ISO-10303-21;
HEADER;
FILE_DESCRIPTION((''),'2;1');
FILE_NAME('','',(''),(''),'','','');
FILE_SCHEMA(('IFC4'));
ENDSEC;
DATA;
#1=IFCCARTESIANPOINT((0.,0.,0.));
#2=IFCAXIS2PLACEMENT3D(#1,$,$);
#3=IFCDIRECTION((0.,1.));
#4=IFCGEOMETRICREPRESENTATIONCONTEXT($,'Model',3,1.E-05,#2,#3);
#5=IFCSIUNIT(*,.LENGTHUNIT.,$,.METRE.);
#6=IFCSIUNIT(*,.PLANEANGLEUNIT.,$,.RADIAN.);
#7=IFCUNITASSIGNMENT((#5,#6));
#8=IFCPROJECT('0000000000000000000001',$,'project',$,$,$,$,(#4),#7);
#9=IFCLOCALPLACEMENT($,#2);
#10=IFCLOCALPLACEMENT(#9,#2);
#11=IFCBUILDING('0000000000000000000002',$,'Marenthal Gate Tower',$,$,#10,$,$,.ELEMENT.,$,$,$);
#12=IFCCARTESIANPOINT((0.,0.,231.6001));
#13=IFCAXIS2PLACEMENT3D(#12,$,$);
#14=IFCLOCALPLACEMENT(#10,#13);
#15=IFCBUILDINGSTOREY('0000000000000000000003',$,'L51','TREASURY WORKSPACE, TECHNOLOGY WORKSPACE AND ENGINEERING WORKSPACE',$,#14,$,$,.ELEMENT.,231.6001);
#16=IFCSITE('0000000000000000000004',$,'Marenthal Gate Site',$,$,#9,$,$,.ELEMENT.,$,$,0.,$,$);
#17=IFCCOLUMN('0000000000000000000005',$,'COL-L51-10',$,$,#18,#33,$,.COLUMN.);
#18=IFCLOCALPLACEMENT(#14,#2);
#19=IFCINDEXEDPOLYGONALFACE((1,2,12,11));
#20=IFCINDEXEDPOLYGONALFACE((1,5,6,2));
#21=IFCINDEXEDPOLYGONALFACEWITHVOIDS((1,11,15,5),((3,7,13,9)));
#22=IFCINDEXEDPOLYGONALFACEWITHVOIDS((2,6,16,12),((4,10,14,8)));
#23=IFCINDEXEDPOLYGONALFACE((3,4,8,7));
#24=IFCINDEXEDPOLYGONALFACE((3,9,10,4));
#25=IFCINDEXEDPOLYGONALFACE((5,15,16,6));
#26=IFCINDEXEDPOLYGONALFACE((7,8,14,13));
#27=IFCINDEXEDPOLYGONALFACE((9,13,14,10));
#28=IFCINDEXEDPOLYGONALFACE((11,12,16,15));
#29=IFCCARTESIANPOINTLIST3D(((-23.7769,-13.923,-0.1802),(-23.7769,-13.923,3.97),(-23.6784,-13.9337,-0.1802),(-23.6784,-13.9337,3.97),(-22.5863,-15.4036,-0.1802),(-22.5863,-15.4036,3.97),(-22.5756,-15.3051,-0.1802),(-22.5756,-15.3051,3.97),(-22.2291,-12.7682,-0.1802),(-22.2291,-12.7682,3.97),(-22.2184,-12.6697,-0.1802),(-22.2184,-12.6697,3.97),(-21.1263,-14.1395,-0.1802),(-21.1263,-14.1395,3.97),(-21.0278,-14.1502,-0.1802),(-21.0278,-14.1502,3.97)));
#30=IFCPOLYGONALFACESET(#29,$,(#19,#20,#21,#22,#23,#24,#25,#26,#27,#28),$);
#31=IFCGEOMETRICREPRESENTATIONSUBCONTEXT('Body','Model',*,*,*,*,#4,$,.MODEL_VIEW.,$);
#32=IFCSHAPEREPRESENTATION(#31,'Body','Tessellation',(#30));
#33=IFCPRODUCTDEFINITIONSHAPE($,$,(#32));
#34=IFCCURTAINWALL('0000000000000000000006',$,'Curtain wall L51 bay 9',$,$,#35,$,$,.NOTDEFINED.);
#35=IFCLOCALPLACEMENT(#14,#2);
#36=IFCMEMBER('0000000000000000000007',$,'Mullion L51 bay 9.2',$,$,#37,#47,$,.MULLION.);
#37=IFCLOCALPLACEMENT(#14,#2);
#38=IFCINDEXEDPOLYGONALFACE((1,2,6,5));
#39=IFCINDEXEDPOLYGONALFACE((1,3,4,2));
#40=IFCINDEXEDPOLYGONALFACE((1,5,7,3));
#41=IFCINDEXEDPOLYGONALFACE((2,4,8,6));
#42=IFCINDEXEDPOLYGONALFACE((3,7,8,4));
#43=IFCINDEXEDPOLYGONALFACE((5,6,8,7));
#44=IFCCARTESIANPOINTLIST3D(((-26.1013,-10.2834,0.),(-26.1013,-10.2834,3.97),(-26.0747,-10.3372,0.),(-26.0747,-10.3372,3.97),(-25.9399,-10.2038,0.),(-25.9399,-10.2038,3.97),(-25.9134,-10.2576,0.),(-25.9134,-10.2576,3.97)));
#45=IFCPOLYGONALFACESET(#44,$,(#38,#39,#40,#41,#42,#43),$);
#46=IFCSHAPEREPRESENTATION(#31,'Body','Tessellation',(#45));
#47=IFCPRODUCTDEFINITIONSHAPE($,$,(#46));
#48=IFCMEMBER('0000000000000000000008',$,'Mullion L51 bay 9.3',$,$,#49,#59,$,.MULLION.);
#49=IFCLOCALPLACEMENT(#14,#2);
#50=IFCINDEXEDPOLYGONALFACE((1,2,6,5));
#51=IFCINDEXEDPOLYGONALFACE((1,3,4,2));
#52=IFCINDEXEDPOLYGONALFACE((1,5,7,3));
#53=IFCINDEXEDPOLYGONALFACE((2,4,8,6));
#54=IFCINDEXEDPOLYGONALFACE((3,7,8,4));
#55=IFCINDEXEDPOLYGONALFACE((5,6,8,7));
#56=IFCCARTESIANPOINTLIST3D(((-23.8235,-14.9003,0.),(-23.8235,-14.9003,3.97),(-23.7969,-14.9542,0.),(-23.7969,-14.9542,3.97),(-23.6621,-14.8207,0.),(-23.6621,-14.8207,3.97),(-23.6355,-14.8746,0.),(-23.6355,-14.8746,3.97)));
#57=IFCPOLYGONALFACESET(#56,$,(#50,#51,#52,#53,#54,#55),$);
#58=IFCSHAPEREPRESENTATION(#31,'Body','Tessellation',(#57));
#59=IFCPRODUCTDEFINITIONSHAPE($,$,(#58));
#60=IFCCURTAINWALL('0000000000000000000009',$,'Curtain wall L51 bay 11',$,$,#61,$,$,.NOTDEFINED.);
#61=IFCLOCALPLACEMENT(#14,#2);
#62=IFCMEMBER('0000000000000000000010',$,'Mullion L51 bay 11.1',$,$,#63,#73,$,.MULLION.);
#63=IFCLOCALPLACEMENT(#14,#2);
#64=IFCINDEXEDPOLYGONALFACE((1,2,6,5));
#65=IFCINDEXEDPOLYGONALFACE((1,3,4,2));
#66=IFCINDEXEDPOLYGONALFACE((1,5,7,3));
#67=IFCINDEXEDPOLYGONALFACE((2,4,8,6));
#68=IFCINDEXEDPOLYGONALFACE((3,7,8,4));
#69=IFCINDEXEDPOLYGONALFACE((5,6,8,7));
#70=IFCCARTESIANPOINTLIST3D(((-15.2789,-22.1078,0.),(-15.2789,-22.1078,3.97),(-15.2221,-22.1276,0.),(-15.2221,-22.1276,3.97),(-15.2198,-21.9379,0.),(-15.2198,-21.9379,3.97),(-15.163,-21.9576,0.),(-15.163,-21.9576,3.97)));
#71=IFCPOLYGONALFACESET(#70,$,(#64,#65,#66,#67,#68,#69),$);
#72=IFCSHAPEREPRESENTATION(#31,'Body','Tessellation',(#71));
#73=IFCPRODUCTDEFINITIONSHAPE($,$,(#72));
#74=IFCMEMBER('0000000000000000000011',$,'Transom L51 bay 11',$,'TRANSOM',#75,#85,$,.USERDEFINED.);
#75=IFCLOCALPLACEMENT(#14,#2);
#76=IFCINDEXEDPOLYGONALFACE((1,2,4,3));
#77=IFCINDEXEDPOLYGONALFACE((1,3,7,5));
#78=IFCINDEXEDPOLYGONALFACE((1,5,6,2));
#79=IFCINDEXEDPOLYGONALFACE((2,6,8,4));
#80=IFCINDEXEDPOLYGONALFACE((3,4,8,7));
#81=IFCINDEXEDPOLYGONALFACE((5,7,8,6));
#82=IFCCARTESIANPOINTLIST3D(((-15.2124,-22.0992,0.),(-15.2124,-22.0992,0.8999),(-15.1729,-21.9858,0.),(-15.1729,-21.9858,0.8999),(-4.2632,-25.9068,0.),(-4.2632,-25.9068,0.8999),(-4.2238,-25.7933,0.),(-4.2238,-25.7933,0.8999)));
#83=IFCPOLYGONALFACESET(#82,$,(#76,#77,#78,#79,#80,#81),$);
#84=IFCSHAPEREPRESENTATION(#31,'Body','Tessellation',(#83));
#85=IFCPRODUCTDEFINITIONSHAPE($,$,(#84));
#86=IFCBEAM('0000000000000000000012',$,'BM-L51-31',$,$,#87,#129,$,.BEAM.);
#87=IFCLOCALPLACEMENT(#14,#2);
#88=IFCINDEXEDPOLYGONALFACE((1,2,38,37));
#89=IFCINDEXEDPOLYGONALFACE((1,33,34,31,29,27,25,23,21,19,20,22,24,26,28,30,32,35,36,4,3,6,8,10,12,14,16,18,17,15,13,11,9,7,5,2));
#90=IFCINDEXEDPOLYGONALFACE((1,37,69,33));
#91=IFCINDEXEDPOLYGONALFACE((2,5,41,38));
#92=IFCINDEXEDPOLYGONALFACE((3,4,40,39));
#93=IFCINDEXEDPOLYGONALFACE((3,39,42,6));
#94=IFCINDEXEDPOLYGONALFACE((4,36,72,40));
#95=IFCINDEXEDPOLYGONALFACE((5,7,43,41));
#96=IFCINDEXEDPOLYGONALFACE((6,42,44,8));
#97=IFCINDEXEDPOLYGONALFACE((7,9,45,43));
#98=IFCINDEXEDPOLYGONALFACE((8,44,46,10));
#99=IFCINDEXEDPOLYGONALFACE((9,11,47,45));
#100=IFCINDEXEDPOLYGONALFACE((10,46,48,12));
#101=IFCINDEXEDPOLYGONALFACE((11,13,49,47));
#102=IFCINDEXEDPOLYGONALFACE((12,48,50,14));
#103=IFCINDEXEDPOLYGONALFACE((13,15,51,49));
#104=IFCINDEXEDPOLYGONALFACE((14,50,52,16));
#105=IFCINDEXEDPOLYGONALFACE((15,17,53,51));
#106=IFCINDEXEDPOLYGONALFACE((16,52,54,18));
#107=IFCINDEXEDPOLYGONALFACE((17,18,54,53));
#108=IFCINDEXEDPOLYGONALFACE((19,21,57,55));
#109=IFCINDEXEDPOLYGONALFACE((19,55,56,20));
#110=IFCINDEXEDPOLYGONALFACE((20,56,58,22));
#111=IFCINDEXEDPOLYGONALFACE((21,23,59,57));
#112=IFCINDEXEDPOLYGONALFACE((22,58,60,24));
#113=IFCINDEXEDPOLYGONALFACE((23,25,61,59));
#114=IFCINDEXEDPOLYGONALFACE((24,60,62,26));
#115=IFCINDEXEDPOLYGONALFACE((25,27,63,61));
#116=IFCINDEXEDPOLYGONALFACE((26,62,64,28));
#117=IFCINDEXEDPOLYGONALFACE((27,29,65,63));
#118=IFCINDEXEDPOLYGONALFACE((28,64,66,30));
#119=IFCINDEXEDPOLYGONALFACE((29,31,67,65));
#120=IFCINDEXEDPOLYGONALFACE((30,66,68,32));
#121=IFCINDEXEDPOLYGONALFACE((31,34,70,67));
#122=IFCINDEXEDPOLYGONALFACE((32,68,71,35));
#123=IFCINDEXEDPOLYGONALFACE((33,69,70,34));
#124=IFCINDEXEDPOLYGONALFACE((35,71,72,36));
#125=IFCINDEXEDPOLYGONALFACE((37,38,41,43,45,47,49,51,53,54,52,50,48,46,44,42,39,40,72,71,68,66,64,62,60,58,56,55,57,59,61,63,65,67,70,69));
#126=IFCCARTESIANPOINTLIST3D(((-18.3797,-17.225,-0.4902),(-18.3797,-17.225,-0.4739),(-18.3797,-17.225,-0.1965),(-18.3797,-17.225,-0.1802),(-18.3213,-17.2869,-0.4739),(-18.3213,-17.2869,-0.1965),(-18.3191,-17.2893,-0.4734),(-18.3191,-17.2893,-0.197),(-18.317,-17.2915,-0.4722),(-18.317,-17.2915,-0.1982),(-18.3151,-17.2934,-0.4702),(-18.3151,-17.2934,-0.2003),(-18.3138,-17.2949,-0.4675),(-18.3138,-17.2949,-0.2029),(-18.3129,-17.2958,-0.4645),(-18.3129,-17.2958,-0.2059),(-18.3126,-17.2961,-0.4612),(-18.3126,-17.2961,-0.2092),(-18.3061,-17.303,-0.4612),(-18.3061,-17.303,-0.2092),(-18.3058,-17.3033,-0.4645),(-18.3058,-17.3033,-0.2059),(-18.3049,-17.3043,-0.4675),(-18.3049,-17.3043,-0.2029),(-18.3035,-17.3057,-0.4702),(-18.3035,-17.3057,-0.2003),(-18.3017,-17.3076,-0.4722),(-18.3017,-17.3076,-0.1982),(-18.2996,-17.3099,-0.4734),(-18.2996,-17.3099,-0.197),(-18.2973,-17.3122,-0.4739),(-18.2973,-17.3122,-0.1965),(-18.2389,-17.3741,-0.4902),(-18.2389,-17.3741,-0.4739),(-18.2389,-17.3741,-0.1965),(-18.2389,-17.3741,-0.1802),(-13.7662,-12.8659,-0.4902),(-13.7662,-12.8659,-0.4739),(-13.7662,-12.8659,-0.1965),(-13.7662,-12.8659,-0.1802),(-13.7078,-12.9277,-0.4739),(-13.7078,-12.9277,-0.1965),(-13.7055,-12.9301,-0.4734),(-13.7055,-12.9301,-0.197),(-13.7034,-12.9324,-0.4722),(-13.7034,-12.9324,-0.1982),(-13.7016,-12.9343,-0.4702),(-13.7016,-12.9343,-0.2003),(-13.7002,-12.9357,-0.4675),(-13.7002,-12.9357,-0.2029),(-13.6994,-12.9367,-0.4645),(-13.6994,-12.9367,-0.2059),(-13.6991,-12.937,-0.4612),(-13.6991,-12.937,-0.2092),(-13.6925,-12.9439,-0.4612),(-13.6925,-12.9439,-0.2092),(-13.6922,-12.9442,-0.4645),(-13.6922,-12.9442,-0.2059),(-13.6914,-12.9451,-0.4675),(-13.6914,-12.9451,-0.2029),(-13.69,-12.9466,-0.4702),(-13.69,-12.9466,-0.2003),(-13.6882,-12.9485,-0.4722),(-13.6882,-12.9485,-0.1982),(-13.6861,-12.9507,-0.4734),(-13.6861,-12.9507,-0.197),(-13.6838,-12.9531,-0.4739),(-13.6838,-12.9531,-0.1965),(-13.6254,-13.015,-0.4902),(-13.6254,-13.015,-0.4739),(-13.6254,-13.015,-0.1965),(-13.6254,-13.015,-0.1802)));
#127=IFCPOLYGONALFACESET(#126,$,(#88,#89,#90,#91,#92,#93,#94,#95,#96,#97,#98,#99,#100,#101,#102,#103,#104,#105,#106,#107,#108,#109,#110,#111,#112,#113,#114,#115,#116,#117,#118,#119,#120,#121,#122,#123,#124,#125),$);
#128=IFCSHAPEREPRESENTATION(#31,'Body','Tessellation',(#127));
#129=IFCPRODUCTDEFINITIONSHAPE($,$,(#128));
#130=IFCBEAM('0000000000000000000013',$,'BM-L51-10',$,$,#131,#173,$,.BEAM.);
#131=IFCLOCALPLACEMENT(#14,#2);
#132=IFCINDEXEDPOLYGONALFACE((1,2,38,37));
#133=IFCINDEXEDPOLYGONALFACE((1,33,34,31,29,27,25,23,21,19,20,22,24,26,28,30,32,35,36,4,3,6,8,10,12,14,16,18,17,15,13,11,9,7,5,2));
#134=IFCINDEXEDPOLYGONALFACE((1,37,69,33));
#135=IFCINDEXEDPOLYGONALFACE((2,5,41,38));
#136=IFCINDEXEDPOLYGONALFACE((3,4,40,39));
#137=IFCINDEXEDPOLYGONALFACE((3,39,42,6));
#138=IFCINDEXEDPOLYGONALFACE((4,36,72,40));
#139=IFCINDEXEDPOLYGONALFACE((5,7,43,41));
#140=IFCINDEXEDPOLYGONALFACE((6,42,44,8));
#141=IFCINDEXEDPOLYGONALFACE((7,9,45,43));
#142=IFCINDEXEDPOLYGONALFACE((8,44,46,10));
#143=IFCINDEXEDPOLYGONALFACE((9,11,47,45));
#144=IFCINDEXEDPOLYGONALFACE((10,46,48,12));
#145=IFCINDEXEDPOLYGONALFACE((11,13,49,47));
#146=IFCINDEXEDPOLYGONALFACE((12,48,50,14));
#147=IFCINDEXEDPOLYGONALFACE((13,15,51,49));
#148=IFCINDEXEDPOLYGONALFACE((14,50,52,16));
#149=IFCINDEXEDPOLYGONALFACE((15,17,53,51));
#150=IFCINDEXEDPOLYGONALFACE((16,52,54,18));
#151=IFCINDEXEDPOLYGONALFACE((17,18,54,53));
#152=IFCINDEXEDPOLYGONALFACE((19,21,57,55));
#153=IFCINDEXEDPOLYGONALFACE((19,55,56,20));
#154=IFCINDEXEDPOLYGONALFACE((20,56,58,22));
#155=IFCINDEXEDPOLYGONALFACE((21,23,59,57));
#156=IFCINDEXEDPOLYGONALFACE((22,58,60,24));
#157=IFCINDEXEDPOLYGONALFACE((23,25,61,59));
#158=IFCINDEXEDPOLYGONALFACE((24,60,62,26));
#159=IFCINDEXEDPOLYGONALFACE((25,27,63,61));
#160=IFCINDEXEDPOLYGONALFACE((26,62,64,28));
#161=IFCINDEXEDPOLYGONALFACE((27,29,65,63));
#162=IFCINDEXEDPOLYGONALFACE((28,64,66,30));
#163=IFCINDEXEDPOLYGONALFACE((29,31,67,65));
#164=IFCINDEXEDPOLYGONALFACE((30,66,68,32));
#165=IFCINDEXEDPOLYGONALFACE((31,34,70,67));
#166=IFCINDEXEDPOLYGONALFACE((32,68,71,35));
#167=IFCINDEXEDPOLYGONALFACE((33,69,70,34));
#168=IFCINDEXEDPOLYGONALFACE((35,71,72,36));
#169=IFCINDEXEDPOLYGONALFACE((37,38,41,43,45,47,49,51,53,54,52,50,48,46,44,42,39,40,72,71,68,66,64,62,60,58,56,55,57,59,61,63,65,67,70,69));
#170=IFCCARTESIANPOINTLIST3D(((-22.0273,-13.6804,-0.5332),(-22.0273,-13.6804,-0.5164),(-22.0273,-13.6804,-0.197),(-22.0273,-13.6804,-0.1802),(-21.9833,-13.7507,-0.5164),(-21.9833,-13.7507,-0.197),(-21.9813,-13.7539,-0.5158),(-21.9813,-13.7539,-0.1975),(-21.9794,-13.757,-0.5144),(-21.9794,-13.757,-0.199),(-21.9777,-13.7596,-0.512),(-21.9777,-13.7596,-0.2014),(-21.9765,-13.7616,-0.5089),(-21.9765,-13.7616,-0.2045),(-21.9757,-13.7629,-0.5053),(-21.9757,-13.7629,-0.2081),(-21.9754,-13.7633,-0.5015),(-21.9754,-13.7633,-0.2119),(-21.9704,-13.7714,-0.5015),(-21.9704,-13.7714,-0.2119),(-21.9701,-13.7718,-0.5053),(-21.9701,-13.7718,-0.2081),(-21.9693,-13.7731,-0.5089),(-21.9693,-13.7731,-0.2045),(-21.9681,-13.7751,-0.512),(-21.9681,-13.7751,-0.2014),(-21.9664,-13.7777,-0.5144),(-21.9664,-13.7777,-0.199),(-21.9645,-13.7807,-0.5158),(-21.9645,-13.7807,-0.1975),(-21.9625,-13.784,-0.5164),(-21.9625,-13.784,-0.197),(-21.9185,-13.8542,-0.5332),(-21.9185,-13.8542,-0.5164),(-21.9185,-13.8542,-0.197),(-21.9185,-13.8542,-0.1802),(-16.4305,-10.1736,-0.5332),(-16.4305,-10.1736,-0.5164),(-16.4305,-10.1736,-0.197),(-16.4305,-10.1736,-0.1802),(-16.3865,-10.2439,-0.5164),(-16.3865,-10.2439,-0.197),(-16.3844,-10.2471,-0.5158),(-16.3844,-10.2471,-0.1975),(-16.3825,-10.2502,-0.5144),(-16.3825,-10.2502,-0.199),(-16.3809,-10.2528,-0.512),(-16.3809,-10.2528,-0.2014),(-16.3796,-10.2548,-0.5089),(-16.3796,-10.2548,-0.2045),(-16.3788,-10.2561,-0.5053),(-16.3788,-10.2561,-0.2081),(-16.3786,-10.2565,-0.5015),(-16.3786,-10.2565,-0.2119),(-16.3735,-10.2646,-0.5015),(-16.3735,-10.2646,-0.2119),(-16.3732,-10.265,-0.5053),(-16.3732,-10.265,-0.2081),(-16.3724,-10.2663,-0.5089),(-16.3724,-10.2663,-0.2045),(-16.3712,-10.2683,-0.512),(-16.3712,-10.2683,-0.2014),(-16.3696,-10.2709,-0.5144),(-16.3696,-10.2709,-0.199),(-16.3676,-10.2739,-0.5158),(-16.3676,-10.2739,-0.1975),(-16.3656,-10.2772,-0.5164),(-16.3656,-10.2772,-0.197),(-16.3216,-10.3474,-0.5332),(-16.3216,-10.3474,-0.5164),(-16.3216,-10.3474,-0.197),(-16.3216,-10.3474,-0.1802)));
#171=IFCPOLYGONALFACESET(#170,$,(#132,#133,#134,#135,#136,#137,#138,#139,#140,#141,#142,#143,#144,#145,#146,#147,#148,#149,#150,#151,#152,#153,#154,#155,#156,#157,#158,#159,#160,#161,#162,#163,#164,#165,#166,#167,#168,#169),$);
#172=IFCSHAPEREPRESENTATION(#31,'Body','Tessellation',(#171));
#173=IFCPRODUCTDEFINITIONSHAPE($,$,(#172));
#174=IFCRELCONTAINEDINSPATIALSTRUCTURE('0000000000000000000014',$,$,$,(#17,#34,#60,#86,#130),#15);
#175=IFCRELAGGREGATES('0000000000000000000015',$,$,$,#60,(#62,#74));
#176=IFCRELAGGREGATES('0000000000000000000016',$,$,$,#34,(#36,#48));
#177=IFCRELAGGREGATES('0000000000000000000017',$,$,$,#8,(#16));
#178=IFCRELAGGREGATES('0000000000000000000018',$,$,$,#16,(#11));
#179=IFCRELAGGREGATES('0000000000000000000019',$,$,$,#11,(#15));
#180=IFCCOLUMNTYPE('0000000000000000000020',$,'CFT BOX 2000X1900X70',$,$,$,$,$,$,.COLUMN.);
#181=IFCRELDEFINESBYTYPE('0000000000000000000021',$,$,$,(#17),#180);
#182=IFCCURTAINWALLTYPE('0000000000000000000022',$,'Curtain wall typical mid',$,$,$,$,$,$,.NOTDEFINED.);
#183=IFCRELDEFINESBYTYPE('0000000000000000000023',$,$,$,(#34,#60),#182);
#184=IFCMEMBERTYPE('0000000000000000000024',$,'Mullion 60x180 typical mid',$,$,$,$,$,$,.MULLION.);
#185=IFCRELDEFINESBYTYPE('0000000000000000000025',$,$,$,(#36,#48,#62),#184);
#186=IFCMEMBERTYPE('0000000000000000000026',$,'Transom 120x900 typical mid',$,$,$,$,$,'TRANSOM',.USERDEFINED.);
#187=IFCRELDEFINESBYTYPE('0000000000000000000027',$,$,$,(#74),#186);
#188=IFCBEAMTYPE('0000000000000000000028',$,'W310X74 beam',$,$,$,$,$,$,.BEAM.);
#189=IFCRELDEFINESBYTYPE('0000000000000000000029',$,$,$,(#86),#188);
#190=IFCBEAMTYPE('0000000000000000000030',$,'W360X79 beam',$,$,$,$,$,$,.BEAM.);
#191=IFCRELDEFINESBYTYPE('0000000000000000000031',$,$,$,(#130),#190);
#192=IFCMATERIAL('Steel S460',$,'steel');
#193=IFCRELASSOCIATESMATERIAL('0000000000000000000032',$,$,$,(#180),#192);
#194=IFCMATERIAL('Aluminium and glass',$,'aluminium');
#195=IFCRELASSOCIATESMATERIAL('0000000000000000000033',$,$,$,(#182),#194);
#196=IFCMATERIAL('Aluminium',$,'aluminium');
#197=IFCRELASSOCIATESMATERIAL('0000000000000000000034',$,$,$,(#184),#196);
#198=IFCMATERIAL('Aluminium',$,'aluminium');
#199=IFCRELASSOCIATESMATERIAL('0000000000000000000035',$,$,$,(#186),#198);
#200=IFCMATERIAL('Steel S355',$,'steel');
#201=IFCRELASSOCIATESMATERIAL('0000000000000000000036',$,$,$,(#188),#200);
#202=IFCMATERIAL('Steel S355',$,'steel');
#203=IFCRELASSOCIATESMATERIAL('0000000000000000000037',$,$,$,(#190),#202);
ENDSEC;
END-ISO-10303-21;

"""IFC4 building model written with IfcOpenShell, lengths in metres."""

from ifc_helpers import new_model, si_unit, direction, frame, origin, origin_2d, place, context, subcontext, project, spatial, rectangle, hollow_rectangle, i_section, extrude, material, material_profile, profile_set, type_object, element, aggregate, save


model = new_model("IFC4")

# Units and contexts
model_context = context("Model", 3, precision=1e-05, world=origin(), true_north=direction((0.0, 1.0)))
body_context = subcontext(model_context, "Body", "Model", "MODEL_VIEW")
ifc_project = project(units=[si_unit("LENGTHUNIT", "METRE"), si_unit("PLANEANGLEUNIT", "RADIAN")], contexts=[model_context])

# Site, building, storey
site_placement = place(None, origin())
site = spatial("IfcSite", under=ifc_project, at=site_placement, Name="Marenthal Gate Site", CompositionType="ELEMENT", RefElevation=0.0)
building_placement = place(site_placement, origin())
building = spatial("IfcBuilding", under=site, at=building_placement, Name="Marenthal Gate Tower", CompositionType="ELEMENT")
storey_placement = place(building_placement, frame((0.0, 0.0, 231.6001)))
storey = spatial("IfcBuildingStorey", under=building, at=storey_placement, Name="L51", Description="TREASURY WORKSPACE, TECHNOLOGY WORKSPACE AND ENGINEERING WORKSPACE", CompositionType="ELEMENT", Elevation=231.6001)

# Column
ifc_material_1 = material(Name="Steel S460", Category="steel")
ifc_material_profile_1 = material_profile(ifc_material_1, hollow_rectangle(XDim=1.8999, YDim=2.0, WallThickness=0.0701, at=origin_2d()), Name="CFT BOX 2000X1900X70")
ifc_material_2 = material(Name="Concrete 70 MPa", Category="concrete")
ifc_material_profile_2 = material_profile(ifc_material_2, rectangle(XDim=1.76, YDim=1.8601, at=origin_2d()), Name="CFT BOX 2000X1900X70 INFILL")
ifc_profile_set_1 = profile_set([ifc_material_profile_1, ifc_material_profile_2], Name="Steel S460 shell, Concrete 70 MPa infill")
column_type = type_object("IfcColumnType", Name="CFT BOX 2000X1900X70", PredefinedType="COLUMN", material=ifc_profile_set_1)
column_placement = place(storey_placement, frame((-22.4023, -14.0366, -0.1802), z_axis=(0.0, 0.0, 1.0), x_axis=(-0.626684, 0.779273, 0.0)))
element("IfcColumn", 1, at=column_placement, inside=storey, type_object=column_type, Name="COL-L51-10", PredefinedType="COLUMN", context=body_context, shape_type="SweptSolid", body=[
    extrude(hollow_rectangle(XDim=1.8999, YDim=2.0, WallThickness=0.0701, at=origin_2d()), origin(), (0.0, 0.0, 1.0), 4.1501),
])

# Curtain walls, members
ifc_material_3 = material(Name="Aluminium and glass", Category="aluminium")
curtain_wall_type = type_object("IfcCurtainWallType", Name="Curtain wall typical mid", PredefinedType="NOTDEFINED", material=ifc_material_3)
curtain_wall_1_placement = place(storey_placement, origin())
curtain_wall_1 = element("IfcCurtainWall", 2, at=curtain_wall_1_placement, inside=storey, type_object=curtain_wall_type, Name="Curtain wall L51 bay 9", PredefinedType="NOTDEFINED")
ifc_material_4 = material(Name="Aluminium", Category="aluminium")
ifc_material_profile_3 = material_profile(ifc_material_4, rectangle(XDim=0.1799, YDim=0.0601, at=origin_2d()), Name="60x180 aluminium mullion")
ifc_profile_set_2 = profile_set([ifc_material_profile_3], Name="Aluminium")
member_type_1 = type_object("IfcMemberType", Name="Mullion 60x180 typical mid", PredefinedType="MULLION", material=ifc_profile_set_2)
member_1_placement = place(storey_placement, frame((-26.0073, -10.2705, 0.0), z_axis=(0.0, 0.0, 1.0), x_axis=(0.896798, 0.442441, 0.0)))
member_1 = element("IfcMember", 3, at=member_1_placement, type_object=member_type_1, Name="Mullion L51 bay 9.2", PredefinedType="MULLION", context=body_context, shape_type="SweptSolid", body=[
    extrude(rectangle(XDim=0.1799, YDim=0.0601, at=origin_2d()), origin(), (0.0, 0.0, 1.0), 3.97),
])
member_2_placement = place(storey_placement, frame((-23.7295, -14.8875, 0.0), z_axis=(0.0, 0.0, 1.0), x_axis=(0.896798, 0.442441, 0.0)))
member_2 = element("IfcMember", 4, at=member_2_placement, type_object=member_type_1, Name="Mullion L51 bay 9.3", PredefinedType="MULLION", context=body_context, shape_type="SweptSolid", body=[
    extrude(rectangle(XDim=0.1799, YDim=0.0601, at=origin_2d()), origin(), (0.0, 0.0, 1.0), 3.97),
])
curtain_wall_2_placement = place(storey_placement, origin())
curtain_wall_2 = element("IfcCurtainWall", 5, at=curtain_wall_2_placement, inside=storey, type_object=curtain_wall_type, Name="Curtain wall L51 bay 11", PredefinedType="NOTDEFINED")
member_3_placement = place(storey_placement, frame((-15.2209, -22.0327, 0.0), z_axis=(0.0, 0.0, 1.0), x_axis=(0.328468, 0.944515, 0.0)))
member_3 = element("IfcMember", 6, at=member_3_placement, type_object=member_type_1, Name="Mullion L51 bay 11.1", PredefinedType="MULLION", context=body_context, shape_type="SweptSolid", body=[
    extrude(rectangle(XDim=0.1799, YDim=0.0601, at=origin_2d()), origin(), (0.0, 0.0, 1.0), 3.97),
])
ifc_material_5 = material(Name="Aluminium", Category="aluminium")
ifc_material_profile_4 = material_profile(ifc_material_5, rectangle(XDim=0.1201, YDim=0.8999, at=origin_2d()), Name="120x900 aluminium transom")
ifc_profile_set_3 = profile_set([ifc_material_profile_4], Name="Aluminium")
member_type_2 = type_object("IfcMemberType", Name="Transom 120x900 typical mid", ElementType="TRANSOM", PredefinedType="USERDEFINED", material=ifc_profile_set_3)
member_4_placement = place(storey_placement, frame((-15.1926, -22.0425, 0.45), z_axis=(0.944518, -0.328459, 0.0), x_axis=(0.328459, 0.944518, 0.0)))
member_4 = element("IfcMember", 7, at=member_4_placement, type_object=member_type_2, Name="Transom L51 bay 11", ObjectType="TRANSOM", PredefinedType="USERDEFINED", context=body_context, shape_type="SweptSolid", body=[
    extrude(rectangle(XDim=0.1201, YDim=0.8999, at=origin_2d()), origin(), (0.0, 0.0, 1.0), 11.5923),
])
aggregate(curtain_wall_2, [member_3, member_4])

# Beams
ifc_material_6 = material(Name="Steel S355", Category="steel")
ifc_material_profile_5 = material_profile(ifc_material_6, i_section(OverallWidth=0.2051, OverallDepth=0.3101, WebThickness=0.0095, FlangeThickness=0.0164, FilletRadius=0.0127, at=origin_2d()), Name="W310X74")
ifc_profile_set_4 = profile_set([ifc_material_profile_5], Name="Steel S355")
beam_type_1 = type_object("IfcBeamType", Name="W310X74 beam", PredefinedType="BEAM", material=ifc_profile_set_4)
beam_1_placement = place(storey_placement, frame((-18.3093, -17.2996, -0.3352), z_axis=(0.726863, 0.686783, 0.0), x_axis=(-0.686783, 0.726863, 0.0)))
element("IfcBeam", 8, at=beam_1_placement, inside=storey, type_object=beam_type_1, Name="BM-L51-31", PredefinedType="BEAM", context=body_context, shape_type="SweptSolid", body=[
    extrude(i_section(OverallWidth=0.2051, OverallDepth=0.3101, WebThickness=0.0095, FlangeThickness=0.0164, FilletRadius=0.0127, at=origin_2d()), origin(), (0.0, 0.0, 1.0), 6.3472),
])
ifc_material_7 = material(Name="Steel S355", Category="steel")
ifc_material_profile_6 = material_profile(ifc_material_7, i_section(OverallWidth=0.2051, OverallDepth=0.353, WebThickness=0.0095, FlangeThickness=0.0168, FilletRadius=0.0149, at=origin_2d()), Name="W360X79")
ifc_profile_set_5 = profile_set([ifc_material_profile_6], Name="Steel S355")
beam_type_2 = type_object("IfcBeamType", Name="W360X79 beam", PredefinedType="BEAM", material=ifc_profile_set_5)
beam_2_placement = place(storey_placement, frame((-21.9729, -13.7673, -0.3567), z_axis=(0.847402, 0.530952, 0.0), x_axis=(-0.530952, 0.847402, 0.0)))
element("IfcBeam", 9, at=beam_2_placement, inside=storey, type_object=beam_type_2, Name="BM-L51-10", PredefinedType="BEAM", context=body_context, shape_type="SweptSolid", body=[
    extrude(i_section(OverallWidth=0.2051, OverallDepth=0.353, WebThickness=0.0095, FlangeThickness=0.0168, FilletRadius=0.0149, at=origin_2d()), origin(), (0.0, 0.0, 1.0), 6.6047),
])

aggregate(curtain_wall_1, [member_1, member_2])

save(model, "model.ifc")
